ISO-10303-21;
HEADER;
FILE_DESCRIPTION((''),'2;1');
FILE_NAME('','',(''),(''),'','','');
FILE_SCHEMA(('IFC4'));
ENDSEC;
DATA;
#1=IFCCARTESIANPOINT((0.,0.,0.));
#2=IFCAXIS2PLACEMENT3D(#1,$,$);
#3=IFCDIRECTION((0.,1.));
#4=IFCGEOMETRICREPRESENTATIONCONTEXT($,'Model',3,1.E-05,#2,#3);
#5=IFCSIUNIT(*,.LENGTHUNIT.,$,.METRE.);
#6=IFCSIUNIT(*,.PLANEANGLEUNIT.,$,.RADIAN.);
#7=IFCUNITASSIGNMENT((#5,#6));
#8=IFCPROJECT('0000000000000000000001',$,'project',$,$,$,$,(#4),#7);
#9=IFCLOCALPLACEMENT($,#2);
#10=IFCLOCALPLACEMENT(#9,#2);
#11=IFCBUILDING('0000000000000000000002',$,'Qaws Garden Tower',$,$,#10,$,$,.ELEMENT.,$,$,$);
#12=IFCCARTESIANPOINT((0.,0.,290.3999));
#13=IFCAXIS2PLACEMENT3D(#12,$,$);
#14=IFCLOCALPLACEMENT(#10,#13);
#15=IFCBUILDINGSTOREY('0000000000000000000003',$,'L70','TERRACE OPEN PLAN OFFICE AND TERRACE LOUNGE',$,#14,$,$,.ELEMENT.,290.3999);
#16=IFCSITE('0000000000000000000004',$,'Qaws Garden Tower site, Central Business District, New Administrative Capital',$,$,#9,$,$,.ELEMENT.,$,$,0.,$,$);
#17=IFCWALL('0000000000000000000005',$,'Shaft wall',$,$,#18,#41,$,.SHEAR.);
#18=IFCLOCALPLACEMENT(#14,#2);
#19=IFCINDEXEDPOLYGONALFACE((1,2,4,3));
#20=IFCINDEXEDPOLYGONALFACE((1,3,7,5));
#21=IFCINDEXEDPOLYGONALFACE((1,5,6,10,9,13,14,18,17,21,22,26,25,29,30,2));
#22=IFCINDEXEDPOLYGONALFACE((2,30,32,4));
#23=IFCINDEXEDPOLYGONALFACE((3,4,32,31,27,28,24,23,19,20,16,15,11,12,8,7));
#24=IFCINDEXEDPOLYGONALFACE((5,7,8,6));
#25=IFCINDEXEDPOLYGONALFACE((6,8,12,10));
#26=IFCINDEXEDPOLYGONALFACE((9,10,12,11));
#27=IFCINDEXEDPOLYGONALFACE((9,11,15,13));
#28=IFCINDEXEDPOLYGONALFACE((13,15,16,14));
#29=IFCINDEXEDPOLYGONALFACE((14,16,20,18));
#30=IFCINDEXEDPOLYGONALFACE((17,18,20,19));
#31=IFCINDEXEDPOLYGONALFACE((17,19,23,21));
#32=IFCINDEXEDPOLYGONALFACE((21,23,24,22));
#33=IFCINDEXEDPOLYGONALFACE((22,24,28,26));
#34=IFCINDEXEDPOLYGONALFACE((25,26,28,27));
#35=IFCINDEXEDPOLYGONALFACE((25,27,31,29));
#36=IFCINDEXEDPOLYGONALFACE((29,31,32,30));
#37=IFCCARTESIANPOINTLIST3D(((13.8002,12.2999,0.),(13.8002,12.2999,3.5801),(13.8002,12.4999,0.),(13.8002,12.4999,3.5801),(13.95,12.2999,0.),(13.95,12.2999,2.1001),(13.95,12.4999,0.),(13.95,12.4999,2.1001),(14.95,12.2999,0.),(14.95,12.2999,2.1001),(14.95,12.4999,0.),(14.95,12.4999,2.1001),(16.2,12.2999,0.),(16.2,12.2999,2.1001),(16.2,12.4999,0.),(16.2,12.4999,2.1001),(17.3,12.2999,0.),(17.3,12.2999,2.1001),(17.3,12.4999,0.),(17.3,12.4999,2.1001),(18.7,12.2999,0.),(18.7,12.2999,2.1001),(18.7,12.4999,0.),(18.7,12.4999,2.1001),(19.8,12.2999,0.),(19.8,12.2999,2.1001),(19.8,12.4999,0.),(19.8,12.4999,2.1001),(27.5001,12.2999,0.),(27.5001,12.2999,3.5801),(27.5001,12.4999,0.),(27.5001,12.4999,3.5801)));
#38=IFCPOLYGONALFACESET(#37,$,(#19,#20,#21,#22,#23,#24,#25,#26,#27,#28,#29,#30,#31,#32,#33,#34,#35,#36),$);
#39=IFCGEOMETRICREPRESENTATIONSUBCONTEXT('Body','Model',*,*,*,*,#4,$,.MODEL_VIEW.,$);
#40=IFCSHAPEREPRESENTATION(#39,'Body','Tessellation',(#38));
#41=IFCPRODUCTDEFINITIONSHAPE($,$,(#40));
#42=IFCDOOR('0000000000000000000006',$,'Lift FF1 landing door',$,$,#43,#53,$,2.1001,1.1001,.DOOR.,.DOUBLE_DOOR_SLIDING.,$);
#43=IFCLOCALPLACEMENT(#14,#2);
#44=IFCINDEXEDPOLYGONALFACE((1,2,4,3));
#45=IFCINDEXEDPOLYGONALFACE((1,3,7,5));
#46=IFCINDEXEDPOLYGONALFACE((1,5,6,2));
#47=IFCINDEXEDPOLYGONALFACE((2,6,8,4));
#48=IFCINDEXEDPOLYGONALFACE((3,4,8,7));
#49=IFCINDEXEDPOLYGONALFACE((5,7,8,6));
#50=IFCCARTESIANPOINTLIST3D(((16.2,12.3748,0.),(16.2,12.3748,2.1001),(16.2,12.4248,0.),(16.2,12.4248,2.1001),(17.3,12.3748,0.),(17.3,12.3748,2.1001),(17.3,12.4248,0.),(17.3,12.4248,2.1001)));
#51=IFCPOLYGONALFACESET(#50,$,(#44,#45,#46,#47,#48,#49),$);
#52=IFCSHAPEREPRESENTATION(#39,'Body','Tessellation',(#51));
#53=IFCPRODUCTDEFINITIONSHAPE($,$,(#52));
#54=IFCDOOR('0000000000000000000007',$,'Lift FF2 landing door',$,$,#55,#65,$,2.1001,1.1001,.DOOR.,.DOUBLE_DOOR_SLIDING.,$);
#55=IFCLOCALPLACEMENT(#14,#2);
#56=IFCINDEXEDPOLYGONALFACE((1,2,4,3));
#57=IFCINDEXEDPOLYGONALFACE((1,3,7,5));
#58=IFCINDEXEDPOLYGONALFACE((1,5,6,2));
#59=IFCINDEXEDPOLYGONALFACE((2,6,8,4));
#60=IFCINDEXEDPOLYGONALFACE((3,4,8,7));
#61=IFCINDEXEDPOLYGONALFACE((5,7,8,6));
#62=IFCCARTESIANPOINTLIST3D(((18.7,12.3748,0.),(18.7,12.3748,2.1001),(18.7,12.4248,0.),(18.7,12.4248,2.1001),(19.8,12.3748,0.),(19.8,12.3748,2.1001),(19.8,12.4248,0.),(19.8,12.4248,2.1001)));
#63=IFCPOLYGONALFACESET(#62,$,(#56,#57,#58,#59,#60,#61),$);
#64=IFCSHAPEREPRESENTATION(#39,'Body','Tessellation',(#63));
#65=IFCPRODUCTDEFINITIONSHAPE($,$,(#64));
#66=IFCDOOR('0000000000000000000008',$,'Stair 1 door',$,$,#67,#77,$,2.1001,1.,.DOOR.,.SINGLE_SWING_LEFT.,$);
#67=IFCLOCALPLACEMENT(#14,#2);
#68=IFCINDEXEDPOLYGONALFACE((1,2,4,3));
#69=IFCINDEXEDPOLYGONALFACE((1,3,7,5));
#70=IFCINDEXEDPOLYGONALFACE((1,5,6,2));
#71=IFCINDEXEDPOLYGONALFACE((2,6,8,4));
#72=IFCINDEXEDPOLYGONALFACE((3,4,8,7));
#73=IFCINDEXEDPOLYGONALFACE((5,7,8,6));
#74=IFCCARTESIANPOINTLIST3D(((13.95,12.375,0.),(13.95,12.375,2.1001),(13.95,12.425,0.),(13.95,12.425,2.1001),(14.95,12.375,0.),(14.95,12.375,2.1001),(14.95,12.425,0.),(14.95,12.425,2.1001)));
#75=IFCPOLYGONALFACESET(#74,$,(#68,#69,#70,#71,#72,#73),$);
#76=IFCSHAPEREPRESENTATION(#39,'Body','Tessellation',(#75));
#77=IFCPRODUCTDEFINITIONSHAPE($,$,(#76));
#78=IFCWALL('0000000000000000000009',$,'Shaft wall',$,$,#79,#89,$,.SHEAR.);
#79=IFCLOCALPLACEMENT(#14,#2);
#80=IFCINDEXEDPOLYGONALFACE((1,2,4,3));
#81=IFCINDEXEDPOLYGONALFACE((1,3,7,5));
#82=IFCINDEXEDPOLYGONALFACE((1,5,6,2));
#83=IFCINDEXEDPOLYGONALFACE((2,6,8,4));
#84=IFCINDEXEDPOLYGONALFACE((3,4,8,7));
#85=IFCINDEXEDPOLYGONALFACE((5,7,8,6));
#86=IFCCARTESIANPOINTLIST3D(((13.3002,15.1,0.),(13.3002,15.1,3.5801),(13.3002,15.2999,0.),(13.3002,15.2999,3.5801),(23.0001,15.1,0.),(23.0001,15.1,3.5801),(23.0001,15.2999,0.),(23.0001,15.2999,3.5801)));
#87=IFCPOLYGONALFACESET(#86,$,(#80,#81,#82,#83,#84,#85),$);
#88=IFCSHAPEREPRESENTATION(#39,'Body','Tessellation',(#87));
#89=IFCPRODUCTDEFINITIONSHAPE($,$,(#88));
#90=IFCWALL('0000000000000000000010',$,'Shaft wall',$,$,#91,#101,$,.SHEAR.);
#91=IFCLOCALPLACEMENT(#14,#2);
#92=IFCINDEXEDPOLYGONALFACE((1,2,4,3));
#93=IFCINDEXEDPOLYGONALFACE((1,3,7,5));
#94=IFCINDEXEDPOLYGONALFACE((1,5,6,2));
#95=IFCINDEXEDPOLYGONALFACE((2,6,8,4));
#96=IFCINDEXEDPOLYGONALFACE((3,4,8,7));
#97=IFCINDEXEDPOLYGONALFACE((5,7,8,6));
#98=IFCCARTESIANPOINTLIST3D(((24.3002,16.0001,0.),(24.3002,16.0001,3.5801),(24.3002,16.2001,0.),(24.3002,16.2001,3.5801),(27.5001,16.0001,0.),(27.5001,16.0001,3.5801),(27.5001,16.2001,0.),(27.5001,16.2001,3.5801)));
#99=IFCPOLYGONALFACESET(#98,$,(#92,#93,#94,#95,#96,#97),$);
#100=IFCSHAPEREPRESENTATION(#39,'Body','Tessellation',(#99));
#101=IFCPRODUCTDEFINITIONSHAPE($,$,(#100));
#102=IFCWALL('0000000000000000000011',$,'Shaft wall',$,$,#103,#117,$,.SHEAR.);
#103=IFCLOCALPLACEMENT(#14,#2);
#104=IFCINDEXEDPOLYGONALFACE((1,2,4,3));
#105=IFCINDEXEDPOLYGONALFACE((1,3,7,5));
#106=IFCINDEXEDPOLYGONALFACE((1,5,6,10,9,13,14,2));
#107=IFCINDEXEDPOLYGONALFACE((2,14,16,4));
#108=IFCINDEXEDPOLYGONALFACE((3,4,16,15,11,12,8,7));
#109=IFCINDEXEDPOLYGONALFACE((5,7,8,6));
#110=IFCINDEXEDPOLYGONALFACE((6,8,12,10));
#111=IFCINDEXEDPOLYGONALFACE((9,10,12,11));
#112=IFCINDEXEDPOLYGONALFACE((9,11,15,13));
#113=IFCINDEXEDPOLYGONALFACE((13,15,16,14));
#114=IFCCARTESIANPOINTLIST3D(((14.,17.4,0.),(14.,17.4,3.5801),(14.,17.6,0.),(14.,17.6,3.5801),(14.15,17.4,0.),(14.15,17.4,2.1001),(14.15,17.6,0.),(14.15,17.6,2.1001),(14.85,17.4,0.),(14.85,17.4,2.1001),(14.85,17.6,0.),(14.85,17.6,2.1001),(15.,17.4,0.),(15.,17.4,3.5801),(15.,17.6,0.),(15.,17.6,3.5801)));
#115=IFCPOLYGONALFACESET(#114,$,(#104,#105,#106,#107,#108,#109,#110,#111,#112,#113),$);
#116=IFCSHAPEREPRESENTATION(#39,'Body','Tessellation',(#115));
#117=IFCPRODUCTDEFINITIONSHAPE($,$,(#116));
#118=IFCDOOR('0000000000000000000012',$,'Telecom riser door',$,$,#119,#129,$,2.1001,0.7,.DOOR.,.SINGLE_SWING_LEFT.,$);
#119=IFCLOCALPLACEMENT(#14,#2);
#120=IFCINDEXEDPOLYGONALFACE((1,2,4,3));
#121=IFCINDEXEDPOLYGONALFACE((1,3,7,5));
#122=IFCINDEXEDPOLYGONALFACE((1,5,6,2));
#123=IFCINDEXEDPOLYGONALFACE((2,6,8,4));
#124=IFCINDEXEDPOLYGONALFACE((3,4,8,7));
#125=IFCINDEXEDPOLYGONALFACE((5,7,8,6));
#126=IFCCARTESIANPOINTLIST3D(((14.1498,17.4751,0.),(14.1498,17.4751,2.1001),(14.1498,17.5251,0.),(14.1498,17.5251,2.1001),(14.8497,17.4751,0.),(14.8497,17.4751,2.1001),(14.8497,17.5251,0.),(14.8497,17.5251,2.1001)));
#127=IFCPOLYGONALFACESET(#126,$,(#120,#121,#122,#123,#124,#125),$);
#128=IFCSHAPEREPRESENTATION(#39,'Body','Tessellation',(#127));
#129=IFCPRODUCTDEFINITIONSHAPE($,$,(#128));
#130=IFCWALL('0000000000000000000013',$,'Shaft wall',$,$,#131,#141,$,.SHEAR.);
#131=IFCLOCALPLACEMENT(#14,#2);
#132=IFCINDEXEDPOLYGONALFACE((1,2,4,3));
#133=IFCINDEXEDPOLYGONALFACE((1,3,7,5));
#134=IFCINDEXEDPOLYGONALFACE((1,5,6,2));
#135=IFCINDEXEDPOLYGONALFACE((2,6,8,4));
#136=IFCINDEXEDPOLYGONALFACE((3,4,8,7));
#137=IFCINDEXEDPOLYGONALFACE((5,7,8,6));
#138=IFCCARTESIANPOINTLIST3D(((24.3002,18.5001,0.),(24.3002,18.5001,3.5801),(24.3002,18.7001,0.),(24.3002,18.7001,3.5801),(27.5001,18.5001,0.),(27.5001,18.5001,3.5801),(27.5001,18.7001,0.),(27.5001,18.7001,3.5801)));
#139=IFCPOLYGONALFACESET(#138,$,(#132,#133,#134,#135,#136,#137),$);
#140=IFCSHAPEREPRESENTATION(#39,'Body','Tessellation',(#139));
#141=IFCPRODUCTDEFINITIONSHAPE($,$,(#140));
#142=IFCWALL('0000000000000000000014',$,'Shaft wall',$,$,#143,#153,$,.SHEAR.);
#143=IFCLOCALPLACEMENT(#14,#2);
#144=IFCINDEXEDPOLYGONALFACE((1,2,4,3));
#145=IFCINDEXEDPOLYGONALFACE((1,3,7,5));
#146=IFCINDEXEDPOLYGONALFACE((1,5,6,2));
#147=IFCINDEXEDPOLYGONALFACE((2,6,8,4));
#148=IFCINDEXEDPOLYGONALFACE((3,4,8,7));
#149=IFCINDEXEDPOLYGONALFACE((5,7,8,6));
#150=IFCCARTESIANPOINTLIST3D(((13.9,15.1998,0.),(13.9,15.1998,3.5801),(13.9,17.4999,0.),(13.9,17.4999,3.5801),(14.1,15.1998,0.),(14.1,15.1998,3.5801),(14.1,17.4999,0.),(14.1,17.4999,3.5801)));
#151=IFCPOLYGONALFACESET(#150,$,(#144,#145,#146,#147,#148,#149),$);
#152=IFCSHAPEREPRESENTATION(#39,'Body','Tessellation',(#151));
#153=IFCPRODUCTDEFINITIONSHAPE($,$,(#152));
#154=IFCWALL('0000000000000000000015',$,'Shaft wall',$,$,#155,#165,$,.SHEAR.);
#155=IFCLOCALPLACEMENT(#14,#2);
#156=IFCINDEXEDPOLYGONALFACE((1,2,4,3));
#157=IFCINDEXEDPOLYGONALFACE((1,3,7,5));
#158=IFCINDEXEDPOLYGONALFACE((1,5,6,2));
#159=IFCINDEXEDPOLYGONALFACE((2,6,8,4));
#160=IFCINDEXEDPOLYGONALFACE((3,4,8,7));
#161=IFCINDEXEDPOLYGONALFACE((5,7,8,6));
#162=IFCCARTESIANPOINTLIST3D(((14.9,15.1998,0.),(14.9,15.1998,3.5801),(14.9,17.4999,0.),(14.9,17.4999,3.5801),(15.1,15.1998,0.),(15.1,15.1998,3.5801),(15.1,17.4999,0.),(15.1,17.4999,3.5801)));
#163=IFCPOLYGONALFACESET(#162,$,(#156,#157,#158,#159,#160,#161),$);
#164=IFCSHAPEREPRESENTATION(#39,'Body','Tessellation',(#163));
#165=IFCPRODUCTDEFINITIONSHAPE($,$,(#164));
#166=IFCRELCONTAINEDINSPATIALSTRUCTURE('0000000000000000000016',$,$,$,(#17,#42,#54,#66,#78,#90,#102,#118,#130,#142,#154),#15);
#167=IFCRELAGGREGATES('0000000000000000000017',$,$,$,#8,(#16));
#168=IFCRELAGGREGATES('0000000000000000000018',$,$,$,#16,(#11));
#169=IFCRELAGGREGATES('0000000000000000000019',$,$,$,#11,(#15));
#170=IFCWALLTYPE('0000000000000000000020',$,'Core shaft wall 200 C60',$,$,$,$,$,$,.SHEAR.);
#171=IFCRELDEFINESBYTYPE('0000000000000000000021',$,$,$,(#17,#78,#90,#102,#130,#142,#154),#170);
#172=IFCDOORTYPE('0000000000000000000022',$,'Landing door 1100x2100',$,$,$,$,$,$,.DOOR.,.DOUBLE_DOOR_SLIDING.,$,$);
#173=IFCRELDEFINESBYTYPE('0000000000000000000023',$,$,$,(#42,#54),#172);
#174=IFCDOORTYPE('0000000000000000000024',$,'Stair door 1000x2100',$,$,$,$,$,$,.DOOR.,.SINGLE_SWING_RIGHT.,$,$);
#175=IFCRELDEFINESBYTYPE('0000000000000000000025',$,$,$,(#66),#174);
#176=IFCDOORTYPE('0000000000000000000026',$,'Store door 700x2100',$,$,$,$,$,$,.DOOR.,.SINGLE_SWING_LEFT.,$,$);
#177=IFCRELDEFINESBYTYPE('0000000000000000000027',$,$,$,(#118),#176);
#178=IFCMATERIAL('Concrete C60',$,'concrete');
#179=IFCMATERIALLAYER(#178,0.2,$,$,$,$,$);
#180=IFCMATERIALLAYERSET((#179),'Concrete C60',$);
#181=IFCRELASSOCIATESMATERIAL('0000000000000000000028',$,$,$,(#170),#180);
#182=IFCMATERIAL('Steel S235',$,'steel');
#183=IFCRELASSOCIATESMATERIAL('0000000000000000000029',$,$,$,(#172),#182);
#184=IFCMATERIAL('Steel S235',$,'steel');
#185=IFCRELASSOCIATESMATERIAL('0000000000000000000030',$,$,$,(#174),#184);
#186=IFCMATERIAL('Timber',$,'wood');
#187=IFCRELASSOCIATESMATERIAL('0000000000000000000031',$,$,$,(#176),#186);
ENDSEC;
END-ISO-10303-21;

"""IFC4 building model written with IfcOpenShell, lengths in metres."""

from ifc_helpers import new_model, si_unit, direction, frame, frame_2d, origin, place, context, subcontext, project, spatial, rectangle, extrude, material, layer, layer_set, type_object, element, fill, save


model = new_model("IFC4")

# Units and contexts
model_context = context("Model", 3, precision=1e-05, world=origin(), true_north=direction((0.0, 1.0)))
body_context = subcontext(model_context, "Body", "Model", "MODEL_VIEW")
ifc_project = project(units=[si_unit("LENGTHUNIT", "METRE"), si_unit("PLANEANGLEUNIT", "RADIAN")], contexts=[model_context])

# Site, building, storey
site_placement = place(None, origin())
site = spatial("IfcSite", under=ifc_project, at=site_placement, Name="Qaws Garden Tower site, Central Business District, New Administrative Capital", CompositionType="ELEMENT", RefElevation=0.0)
building_placement = place(site_placement, origin())
building = spatial("IfcBuilding", under=site, at=building_placement, Name="Qaws Garden Tower", CompositionType="ELEMENT")
storey_placement = place(building_placement, frame((0.0, 0.0, 290.3999)))
storey = spatial("IfcBuildingStorey", under=building, at=storey_placement, Name="L70", Description="TERRACE OPEN PLAN OFFICE AND TERRACE LOUNGE", CompositionType="ELEMENT", Elevation=290.3999)

# Wall, openings, doors
ifc_material_1 = material(Name="Concrete C60", Category="concrete")
ifc_layer_1 = layer(ifc_material_1, 0.2)
ifc_layer_set_1 = layer_set([ifc_layer_1], Name="Concrete C60")
wall_type_1 = type_object("IfcWallType", Name="Core shaft wall 200 C60", PredefinedType="SHEAR", material=ifc_layer_set_1)
wall_1_placement = place(storey_placement, frame((13.8, 12.3999, 0.0), z_axis=(0.0, 0.0, 1.0), x_axis=(1.0, 0.0, 0.0)))
wall_1 = element("IfcWall", 1, at=wall_1_placement, inside=storey, type_object=wall_type_1, Name="Shaft wall", PredefinedType="SHEAR", context=body_context, shape_type="SweptSolid", body=[
    extrude(rectangle(XDim=13.7, YDim=0.2, at=frame_2d((6.8501, 0.0))), origin(), (0.0, 0.0, 1.0), 3.5801),
])
opening_1_placement = place(wall_1_placement, frame((2.3999, 0.0, 0.0)))
opening_1 = element("IfcOpeningElement", 2, at=opening_1_placement, cuts=wall_1, PredefinedType="OPENING", context=body_context, shape_type="SweptSolid", body=[
    extrude(rectangle(XDim=1.1001, YDim=2.1001, at=frame_2d((0.55, 1.05))), frame((0.0, 0.1099, 0.0), z_axis=(0.0, -1.0, 0.0), x_axis=(1.0, 0.0, 0.0)), (0.0, 0.0, 1.0), 0.22),
])
opening_2_placement = place(wall_1_placement, frame((4.8999, 0.0, 0.0)))
opening_2 = element("IfcOpeningElement", 3, at=opening_2_placement, cuts=wall_1, PredefinedType="OPENING", context=body_context, shape_type="SweptSolid", body=[
    extrude(rectangle(XDim=1.1001, YDim=2.1001, at=frame_2d((0.55, 1.05))), frame((0.0, 0.1099, 0.0), z_axis=(0.0, -1.0, 0.0), x_axis=(1.0, 0.0, 0.0)), (0.0, 0.0, 1.0), 0.22),
])
opening_3_placement = place(wall_1_placement, frame((0.1499, 0.0, 0.0)))
opening_3 = element("IfcOpeningElement", 4, at=opening_3_placement, cuts=wall_1, PredefinedType="OPENING", context=body_context, shape_type="SweptSolid", body=[
    extrude(rectangle(XDim=1.0, YDim=2.1001, at=frame_2d((0.5, 1.05))), frame((0.0, 0.1099, 0.0), z_axis=(0.0, -1.0, 0.0), x_axis=(1.0, 0.0, 0.0)), (0.0, 0.0, 1.0), 0.22),
])
ifc_material_2 = material(Name="Steel S235", Category="steel")
door_type_1 = type_object("IfcDoorType", Name="Landing door 1100x2100", OperationType="DOUBLE_DOOR_SLIDING", PredefinedType="DOOR", material=ifc_material_2)
door_1_placement = place(opening_1_placement, origin())
door_1 = element("IfcDoor", 5, at=door_1_placement, inside=storey, type_object=door_type_1, Name="Lift FF1 landing door", OperationType="DOUBLE_DOOR_SLIDING", OverallHeight=2.1001, OverallWidth=1.1001, PredefinedType="DOOR", context=body_context, shape_type="SweptSolid", body=[
    extrude(rectangle(XDim=1.1001, YDim=2.1001, at=frame_2d((0.55, 1.05))), frame((0.0, 0.0249, 0.0), z_axis=(0.0, -1.0, 0.0), x_axis=(1.0, 0.0, 0.0)), (0.0, 0.0, 1.0), 0.05),
])
fill(opening_1, door_1)
door_2_placement = place(opening_2_placement, origin())
door_2 = element("IfcDoor", 6, at=door_2_placement, inside=storey, type_object=door_type_1, Name="Lift FF2 landing door", OperationType="DOUBLE_DOOR_SLIDING", OverallHeight=2.1001, OverallWidth=1.1001, PredefinedType="DOOR", context=body_context, shape_type="SweptSolid", body=[
    extrude(rectangle(XDim=1.1001, YDim=2.1001, at=frame_2d((0.55, 1.05))), frame((0.0, 0.0249, 0.0), z_axis=(0.0, -1.0, 0.0), x_axis=(1.0, 0.0, 0.0)), (0.0, 0.0, 1.0), 0.05),
])
fill(opening_2, door_2)
ifc_material_3 = material(Name="Steel S235", Category="steel")
door_type_2 = type_object("IfcDoorType", Name="Stair door 1000x2100", OperationType="SINGLE_SWING_RIGHT", PredefinedType="DOOR", material=ifc_material_3)
door_3_placement = place(opening_3_placement, frame((1.0, 0.0, 0.0), z_axis=(0.0, 0.0, 1.0), x_axis=(-1.0, 0.0, 0.0)))
door_3 = element("IfcDoor", 7, at=door_3_placement, inside=storey, type_object=door_type_2, Name="Stair 1 door", OperationType="SINGLE_SWING_LEFT", OverallHeight=2.1001, OverallWidth=1.0, PredefinedType="DOOR", context=body_context, shape_type="SweptSolid", body=[
    extrude(rectangle(XDim=1.0, YDim=2.1001, at=frame_2d((0.5, 1.05))), frame((0.0, 0.0249, 0.0), z_axis=(0.0, -1.0, 0.0), x_axis=(1.0, 0.0, 0.0)), (0.0, 0.0, 1.0), 0.05),
])
fill(opening_3, door_3)

# Walls
wall_2_placement = place(storey_placement, frame((13.3, 15.2, 0.0), z_axis=(0.0, 0.0, 1.0), x_axis=(1.0, 0.0, 0.0)))
element("IfcWall", 8, at=wall_2_placement, inside=storey, type_object=wall_type_1, Name="Shaft wall", PredefinedType="SHEAR", context=body_context, shape_type="SweptSolid", body=[
    extrude(rectangle(XDim=9.7, YDim=0.2, at=frame_2d((4.8501, 0.0))), origin(), (0.0, 0.0, 1.0), 3.5801),
])
wall_3_placement = place(storey_placement, frame((24.3, 16.1001, 0.0), z_axis=(0.0, 0.0, 1.0), x_axis=(1.0, 0.0, 0.0)))
element("IfcWall", 9, at=wall_3_placement, inside=storey, type_object=wall_type_1, Name="Shaft wall", PredefinedType="SHEAR", context=body_context, shape_type="SweptSolid", body=[
    extrude(rectangle(XDim=3.2, YDim=0.2, at=frame_2d((1.6001, 0.0))), origin(), (0.0, 0.0, 1.0), 3.5801),
])

# Wall, opening, door
wall_4_placement = place(storey_placement, frame((14.0, 17.5, 0.0), z_axis=(0.0, 0.0, 1.0), x_axis=(1.0, 0.0, 0.0)))
wall_4 = element("IfcWall", 10, at=wall_4_placement, inside=storey, type_object=wall_type_1, Name="Shaft wall", PredefinedType="SHEAR", context=body_context, shape_type="SweptSolid", body=[
    extrude(rectangle(XDim=1.0, YDim=0.2, at=frame_2d((0.5, 0.0))), origin(), (0.0, 0.0, 1.0), 3.5801),
])
opening_4_placement = place(wall_4_placement, frame((0.1499, 0.0, 0.0)))
opening_4 = element("IfcOpeningElement", 11, at=opening_4_placement, cuts=wall_4, PredefinedType="OPENING", context=body_context, shape_type="SweptSolid", body=[
    extrude(rectangle(XDim=0.7, YDim=2.1001, at=frame_2d((0.3501, 1.05))), frame((0.0, 0.1099, 0.0), z_axis=(0.0, -1.0, 0.0), x_axis=(1.0, 0.0, 0.0)), (0.0, 0.0, 1.0), 0.22),
])
ifc_material_4 = material(Name="Timber", Category="wood")
door_type_3 = type_object("IfcDoorType", Name="Store door 700x2100", OperationType="SINGLE_SWING_LEFT", PredefinedType="DOOR", material=ifc_material_4)
door_4_placement = place(opening_4_placement, frame((0.7, 0.0, 0.0), z_axis=(0.0, 0.0, 1.0), x_axis=(-1.0, 0.0, 0.0)))
door_4 = element("IfcDoor", 12, at=door_4_placement, inside=storey, type_object=door_type_3, Name="Telecom riser door", OperationType="SINGLE_SWING_LEFT", OverallHeight=2.1001, OverallWidth=0.7, PredefinedType="DOOR", context=body_context, shape_type="SweptSolid", body=[
    extrude(rectangle(XDim=0.7, YDim=2.1001, at=frame_2d((0.3501, 1.05))), frame((0.0, 0.0249, 0.0), z_axis=(0.0, -1.0, 0.0), x_axis=(1.0, 0.0, 0.0)), (0.0, 0.0, 1.0), 0.05),
])
fill(opening_4, door_4)

# Walls
wall_5_placement = place(storey_placement, frame((24.3, 18.6001, 0.0), z_axis=(0.0, 0.0, 1.0), x_axis=(1.0, 0.0, 0.0)))
element("IfcWall", 13, at=wall_5_placement, inside=storey, type_object=wall_type_1, Name="Shaft wall", PredefinedType="SHEAR", context=body_context, shape_type="SweptSolid", body=[
    extrude(rectangle(XDim=3.2, YDim=0.2, at=frame_2d((1.6001, 0.0))), origin(), (0.0, 0.0, 1.0), 3.5801),
])
for number, where, z_axis, x_axis, name in (
    (14, (14.0, 15.2, 0.0), (0.0, 0.0, 1.0), (0.0, 1.0, 0.0), "Shaft wall"),
    (15, (15.0, 15.2, 0.0), (0.0, 0.0, 1.0), (0.0, 1.0, 0.0), "Shaft wall"),
):
    element("IfcWall", number, at=place(storey_placement, frame(where, z_axis=z_axis, x_axis=x_axis)), inside=storey, type_object=wall_type_1, Name=name, PredefinedType="SHEAR", context=body_context, shape_type="SweptSolid", body=[
        extrude(rectangle(XDim=2.3, YDim=0.2, at=frame_2d((1.1499, 0.0))), origin(), (0.0, 0.0, 1.0), 3.5801),
    ])

save(model, "model.ifc")
